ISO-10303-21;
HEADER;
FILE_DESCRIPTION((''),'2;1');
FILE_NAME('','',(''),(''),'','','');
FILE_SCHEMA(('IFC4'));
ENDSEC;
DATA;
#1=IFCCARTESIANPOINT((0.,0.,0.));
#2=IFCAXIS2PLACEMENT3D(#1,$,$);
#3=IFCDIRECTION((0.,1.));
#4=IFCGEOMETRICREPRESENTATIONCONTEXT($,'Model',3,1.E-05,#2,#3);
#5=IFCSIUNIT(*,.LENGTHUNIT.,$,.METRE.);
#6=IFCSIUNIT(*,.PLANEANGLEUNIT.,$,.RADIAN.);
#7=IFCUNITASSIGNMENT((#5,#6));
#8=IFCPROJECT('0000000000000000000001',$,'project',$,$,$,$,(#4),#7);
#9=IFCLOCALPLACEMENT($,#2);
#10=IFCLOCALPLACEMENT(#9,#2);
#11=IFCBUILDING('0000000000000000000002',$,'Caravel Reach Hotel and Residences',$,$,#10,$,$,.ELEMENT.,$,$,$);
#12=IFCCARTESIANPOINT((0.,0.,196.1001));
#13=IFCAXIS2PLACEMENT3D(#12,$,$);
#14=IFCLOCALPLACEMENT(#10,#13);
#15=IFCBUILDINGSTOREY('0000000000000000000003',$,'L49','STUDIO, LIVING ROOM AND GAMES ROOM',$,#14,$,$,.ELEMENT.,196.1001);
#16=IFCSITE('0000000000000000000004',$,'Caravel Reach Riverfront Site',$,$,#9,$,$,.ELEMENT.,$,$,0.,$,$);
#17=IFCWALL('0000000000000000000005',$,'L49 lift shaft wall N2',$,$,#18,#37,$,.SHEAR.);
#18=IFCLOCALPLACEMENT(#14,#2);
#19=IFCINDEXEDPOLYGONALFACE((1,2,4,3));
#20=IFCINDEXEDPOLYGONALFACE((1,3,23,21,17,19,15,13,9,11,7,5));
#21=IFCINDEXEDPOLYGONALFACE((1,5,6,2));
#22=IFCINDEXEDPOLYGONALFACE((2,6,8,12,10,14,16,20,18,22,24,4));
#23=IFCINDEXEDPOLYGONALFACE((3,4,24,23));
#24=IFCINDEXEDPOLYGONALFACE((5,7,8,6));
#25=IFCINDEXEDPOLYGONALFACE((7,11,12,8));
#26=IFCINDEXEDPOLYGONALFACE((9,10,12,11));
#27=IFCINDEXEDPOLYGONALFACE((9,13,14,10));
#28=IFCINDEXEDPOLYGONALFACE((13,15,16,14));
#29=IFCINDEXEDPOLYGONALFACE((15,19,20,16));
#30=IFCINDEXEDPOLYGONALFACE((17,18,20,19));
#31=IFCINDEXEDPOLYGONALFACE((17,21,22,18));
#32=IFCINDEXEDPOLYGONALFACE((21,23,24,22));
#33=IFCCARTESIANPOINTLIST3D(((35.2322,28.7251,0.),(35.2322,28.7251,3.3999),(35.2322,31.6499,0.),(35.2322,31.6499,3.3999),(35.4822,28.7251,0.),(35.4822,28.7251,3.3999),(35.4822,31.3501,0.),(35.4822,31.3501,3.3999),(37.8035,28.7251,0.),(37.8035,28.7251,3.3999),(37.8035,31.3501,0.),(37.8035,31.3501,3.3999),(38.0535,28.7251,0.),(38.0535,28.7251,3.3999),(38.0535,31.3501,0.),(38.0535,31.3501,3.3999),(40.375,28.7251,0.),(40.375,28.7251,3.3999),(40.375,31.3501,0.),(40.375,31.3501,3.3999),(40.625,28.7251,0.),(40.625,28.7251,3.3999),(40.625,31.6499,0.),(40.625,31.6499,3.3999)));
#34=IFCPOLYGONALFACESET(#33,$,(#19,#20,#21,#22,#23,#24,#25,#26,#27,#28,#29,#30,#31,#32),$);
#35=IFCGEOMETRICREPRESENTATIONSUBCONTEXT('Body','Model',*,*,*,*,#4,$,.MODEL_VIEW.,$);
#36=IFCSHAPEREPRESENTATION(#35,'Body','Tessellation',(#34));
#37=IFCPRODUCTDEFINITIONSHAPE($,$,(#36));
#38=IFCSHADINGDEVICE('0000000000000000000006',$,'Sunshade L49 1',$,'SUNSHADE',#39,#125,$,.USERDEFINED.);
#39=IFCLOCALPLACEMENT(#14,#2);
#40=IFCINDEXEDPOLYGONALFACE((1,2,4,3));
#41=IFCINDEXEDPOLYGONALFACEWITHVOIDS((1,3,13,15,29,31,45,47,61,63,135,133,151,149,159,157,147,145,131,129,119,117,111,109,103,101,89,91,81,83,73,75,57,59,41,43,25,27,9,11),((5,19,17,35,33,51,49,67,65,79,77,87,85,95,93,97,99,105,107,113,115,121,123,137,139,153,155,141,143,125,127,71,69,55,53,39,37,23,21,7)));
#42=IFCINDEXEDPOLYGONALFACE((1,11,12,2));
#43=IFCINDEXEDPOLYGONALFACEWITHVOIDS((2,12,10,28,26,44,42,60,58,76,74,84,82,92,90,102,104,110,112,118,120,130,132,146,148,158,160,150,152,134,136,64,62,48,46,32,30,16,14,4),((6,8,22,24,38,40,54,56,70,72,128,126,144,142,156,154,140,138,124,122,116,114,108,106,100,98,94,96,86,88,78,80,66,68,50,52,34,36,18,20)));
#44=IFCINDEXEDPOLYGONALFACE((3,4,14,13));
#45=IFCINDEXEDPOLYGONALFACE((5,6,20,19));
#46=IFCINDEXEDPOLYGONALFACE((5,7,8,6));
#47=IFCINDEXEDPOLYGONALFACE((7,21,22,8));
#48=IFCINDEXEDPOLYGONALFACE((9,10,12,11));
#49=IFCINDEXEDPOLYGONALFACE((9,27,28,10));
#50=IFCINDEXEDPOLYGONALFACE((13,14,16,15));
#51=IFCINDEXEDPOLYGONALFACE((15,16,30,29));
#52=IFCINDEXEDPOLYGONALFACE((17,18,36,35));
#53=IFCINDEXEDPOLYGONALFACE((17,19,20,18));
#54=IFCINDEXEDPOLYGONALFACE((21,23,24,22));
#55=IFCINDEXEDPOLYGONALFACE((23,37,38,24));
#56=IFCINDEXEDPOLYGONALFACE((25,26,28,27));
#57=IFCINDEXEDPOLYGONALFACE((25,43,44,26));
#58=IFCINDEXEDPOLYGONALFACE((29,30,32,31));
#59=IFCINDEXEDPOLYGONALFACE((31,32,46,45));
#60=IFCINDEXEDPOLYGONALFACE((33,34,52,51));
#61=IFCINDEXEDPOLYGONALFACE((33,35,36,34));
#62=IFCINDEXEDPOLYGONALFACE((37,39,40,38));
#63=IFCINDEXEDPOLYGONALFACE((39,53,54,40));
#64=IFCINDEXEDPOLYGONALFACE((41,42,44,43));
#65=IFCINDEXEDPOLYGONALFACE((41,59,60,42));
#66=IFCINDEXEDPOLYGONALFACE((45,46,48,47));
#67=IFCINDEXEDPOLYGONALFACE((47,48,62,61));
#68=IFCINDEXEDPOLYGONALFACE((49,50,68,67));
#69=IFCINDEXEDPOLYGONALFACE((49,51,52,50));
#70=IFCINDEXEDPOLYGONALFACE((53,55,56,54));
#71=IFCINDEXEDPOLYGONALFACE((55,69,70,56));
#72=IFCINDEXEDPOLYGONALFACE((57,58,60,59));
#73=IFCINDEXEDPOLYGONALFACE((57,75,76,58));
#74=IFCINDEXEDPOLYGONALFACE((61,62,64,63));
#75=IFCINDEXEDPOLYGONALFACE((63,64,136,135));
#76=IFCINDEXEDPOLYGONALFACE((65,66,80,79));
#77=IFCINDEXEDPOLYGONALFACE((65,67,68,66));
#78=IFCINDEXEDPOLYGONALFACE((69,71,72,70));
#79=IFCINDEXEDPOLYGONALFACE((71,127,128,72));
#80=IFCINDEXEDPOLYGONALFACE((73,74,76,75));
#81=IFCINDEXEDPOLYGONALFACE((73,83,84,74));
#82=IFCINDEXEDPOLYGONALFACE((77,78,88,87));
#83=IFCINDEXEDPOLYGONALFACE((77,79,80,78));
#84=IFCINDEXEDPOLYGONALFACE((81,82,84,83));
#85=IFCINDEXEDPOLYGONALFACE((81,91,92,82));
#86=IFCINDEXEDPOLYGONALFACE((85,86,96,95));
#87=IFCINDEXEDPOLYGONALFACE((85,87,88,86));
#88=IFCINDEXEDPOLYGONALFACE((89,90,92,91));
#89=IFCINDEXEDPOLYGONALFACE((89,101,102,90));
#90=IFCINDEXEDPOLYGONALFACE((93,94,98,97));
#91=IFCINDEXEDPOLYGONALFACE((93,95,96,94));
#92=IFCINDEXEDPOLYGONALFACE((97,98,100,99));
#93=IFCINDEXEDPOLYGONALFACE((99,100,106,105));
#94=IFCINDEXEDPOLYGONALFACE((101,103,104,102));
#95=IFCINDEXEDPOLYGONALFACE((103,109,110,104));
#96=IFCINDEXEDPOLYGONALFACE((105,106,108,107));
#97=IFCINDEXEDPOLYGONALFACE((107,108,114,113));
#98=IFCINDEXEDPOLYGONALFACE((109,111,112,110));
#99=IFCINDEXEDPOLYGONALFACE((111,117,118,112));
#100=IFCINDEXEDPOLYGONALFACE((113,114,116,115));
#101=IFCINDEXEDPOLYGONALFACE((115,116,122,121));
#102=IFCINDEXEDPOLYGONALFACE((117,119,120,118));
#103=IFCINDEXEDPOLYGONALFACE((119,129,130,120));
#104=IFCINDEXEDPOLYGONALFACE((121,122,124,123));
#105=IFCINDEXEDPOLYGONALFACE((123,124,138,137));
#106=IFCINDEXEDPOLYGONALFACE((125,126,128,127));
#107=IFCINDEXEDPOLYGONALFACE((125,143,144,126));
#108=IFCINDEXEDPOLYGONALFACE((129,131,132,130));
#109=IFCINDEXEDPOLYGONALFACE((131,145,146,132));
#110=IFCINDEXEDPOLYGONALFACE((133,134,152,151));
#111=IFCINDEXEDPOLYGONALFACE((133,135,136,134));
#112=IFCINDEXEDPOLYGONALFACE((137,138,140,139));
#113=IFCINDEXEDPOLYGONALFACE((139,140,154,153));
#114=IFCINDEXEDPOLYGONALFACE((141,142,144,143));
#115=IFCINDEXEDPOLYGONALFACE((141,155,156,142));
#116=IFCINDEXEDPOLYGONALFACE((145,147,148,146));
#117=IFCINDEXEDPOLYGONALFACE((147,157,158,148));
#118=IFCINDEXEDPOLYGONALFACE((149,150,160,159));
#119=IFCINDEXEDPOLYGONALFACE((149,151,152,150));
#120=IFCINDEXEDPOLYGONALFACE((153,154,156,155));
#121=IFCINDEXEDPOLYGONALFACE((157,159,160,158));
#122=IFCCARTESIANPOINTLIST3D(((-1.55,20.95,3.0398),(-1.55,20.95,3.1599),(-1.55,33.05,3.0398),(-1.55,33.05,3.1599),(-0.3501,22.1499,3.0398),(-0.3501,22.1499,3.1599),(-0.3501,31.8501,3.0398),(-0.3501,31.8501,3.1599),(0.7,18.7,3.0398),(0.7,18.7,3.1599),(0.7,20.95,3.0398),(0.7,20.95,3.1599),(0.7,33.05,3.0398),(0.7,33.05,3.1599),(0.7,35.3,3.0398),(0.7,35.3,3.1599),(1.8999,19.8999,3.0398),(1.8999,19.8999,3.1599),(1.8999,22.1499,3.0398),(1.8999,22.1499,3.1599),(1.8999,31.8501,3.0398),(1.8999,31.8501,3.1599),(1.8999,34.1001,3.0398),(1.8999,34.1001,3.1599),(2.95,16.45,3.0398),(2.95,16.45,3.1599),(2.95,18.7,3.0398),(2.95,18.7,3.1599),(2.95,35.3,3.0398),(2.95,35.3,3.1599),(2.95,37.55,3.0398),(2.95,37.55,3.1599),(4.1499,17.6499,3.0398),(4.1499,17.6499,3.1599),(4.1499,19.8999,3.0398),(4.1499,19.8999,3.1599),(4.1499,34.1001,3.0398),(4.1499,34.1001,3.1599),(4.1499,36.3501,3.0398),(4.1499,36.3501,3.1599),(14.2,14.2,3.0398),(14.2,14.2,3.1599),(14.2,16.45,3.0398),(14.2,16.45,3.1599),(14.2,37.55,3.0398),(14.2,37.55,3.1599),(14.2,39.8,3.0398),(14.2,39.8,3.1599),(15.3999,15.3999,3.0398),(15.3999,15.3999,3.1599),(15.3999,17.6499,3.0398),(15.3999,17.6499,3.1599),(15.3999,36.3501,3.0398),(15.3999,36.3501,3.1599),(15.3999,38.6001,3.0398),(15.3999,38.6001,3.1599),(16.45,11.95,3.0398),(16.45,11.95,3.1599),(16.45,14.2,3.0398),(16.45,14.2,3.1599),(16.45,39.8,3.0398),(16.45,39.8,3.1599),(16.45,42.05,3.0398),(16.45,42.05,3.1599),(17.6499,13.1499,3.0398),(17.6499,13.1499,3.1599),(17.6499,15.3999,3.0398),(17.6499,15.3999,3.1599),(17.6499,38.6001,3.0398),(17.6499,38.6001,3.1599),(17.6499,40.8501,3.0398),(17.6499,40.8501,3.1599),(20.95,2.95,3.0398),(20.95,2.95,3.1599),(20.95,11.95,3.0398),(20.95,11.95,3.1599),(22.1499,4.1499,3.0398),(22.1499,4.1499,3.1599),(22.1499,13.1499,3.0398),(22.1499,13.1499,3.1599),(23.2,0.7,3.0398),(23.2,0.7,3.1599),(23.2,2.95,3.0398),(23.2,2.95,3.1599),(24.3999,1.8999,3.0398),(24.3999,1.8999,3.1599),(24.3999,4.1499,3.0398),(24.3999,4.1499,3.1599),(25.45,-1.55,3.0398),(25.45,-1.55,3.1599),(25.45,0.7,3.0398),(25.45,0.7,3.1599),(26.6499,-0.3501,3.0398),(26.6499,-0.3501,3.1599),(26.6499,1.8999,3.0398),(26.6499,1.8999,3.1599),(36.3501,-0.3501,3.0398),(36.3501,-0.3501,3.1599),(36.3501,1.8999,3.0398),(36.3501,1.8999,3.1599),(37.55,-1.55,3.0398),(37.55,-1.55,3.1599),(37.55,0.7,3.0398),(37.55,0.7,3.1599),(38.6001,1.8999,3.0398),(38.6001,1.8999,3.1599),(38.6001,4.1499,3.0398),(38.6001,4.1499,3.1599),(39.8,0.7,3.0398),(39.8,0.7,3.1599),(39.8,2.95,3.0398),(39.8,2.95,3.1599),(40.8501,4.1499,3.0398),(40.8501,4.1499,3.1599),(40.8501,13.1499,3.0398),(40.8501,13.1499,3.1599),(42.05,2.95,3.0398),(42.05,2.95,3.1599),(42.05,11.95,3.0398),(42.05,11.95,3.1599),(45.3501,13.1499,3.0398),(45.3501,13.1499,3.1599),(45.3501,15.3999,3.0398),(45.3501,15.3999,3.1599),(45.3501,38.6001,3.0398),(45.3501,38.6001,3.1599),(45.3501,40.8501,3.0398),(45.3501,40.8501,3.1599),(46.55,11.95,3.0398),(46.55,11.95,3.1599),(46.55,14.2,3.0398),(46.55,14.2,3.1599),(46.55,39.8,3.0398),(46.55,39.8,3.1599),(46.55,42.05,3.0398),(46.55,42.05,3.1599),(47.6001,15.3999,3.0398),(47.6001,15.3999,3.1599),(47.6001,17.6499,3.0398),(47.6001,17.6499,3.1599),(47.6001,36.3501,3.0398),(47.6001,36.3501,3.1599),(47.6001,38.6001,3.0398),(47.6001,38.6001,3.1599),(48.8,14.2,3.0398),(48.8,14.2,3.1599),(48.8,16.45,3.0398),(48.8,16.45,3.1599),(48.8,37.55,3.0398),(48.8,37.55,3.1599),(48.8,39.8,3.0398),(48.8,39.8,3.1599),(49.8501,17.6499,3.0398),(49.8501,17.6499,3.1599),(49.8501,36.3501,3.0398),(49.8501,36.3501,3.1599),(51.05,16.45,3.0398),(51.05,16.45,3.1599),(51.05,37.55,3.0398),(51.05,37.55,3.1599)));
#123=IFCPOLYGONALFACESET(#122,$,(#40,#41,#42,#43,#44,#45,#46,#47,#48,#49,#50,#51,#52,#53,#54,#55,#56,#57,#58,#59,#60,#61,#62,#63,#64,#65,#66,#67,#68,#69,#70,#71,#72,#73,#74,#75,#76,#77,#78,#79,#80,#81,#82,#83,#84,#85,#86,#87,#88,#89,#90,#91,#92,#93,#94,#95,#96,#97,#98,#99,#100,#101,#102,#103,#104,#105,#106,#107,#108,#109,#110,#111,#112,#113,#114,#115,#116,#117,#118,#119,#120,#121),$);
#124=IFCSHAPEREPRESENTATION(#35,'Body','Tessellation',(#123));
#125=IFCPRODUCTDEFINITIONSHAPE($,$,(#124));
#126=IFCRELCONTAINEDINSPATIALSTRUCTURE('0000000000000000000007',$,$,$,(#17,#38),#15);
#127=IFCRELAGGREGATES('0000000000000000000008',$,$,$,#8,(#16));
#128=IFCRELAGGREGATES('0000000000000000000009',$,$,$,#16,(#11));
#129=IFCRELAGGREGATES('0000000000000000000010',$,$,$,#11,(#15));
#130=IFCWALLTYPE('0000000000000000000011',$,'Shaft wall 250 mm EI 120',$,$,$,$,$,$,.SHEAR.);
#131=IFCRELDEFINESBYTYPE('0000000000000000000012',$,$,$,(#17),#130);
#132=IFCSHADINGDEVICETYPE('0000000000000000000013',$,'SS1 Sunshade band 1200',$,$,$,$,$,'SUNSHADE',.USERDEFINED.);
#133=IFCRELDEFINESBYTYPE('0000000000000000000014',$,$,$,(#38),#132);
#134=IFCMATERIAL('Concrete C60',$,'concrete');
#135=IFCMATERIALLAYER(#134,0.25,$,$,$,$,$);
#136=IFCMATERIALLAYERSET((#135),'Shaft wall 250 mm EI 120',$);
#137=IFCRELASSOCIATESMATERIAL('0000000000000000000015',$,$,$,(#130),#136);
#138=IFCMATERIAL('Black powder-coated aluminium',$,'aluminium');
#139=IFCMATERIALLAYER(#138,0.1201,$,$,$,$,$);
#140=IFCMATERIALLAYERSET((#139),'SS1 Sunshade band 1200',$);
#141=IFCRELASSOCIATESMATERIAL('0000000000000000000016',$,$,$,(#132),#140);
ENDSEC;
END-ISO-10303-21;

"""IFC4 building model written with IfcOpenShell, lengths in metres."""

from ifc_helpers import new_model, si_unit, direction, frame, origin, place, context, subcontext, project, spatial, polyline, outline, extrude, material, layer, layer_set, type_object, element, save


model = new_model("IFC4")

# Units and contexts
model_context = context("Model", 3, precision=1e-05, world=origin(), true_north=direction((0.0, 1.0)))
body_context = subcontext(model_context, "Body", "Model", "MODEL_VIEW")
ifc_project = project(units=[si_unit("LENGTHUNIT", "METRE"), si_unit("PLANEANGLEUNIT", "RADIAN")], contexts=[model_context])

# Site, building, storey
site_placement = place(None, origin())
site = spatial("IfcSite", under=ifc_project, at=site_placement, Name="Caravel Reach Riverfront Site", CompositionType="ELEMENT", RefElevation=0.0)
building_placement = place(site_placement, origin())
building = spatial("IfcBuilding", under=site, at=building_placement, Name="Caravel Reach Hotel and Residences", CompositionType="ELEMENT")
storey_placement = place(building_placement, frame((0.0, 0.0, 196.1001)))
storey = spatial("IfcBuildingStorey", under=building, at=storey_placement, Name="L49", Description="STUDIO, LIVING ROOM AND GAMES ROOM", CompositionType="ELEMENT", Elevation=196.1001)

# Wall
ifc_material_1 = material(Name="Concrete C60", Category="concrete")
ifc_layer_1 = layer(ifc_material_1, 0.25)
ifc_layer_set_1 = layer_set([ifc_layer_1], Name="Shaft wall 250 mm EI 120")
wall_type_1 = type_object("IfcWallType", Name="Shaft wall 250 mm EI 120", PredefinedType="SHEAR", material=ifc_layer_set_1)
wall_1_placement = place(storey_placement, origin())
element("IfcWall", 1, at=wall_1_placement, inside=storey, type_object=wall_type_1, Name="L49 lift shaft wall N2", PredefinedType="SHEAR", context=body_context, shape_type="SweptSolid", body=[
    extrude(outline(polyline([(35.2322, 28.7251), (35.4822, 28.7251), (35.4822, 31.3501), (37.8035, 31.3501), (37.8035, 28.7251), (38.0535, 28.7251), (38.0535, 31.3501), (40.375, 31.3501), (40.375, 28.7251), (40.625, 28.7251), (40.625, 31.6499), (35.2322, 31.6499), (35.2322, 28.7251)])), origin(), (0.0, 0.0, 1.0), 3.3999),
])

# Shading device
ifc_material_2 = material(Name="Black powder-coated aluminium", Category="aluminium")
ifc_layer_2 = layer(ifc_material_2, 0.1201)
ifc_layer_set_2 = layer_set([ifc_layer_2], Name="SS1 Sunshade band 1200")
shading_device_type = type_object("IfcShadingDeviceType", Name="SS1 Sunshade band 1200", ElementType="SUNSHADE", PredefinedType="USERDEFINED", material=ifc_layer_set_2)
shading_device_placement = place(storey_placement, frame((0.0, 0.0, 3.0398)))
element("IfcShadingDevice", 2, at=shading_device_placement, inside=storey, type_object=shading_device_type, Name="Sunshade L49 1", ObjectType="SUNSHADE", PredefinedType="USERDEFINED", context=body_context, shape_type="SweptSolid", body=[
    extrude(outline(polyline([(42.05, 2.95), (42.05, 11.95), (46.55, 11.95), (46.55, 14.2), (48.8, 14.2), (48.8, 16.45), (51.05, 16.45), (51.05, 37.55), (48.8, 37.55), (48.8, 39.8), (46.55, 39.8), (46.55, 42.05), (16.45, 42.05), (16.45, 39.8), (14.2, 39.8), (14.2, 37.55), (2.95, 37.55), (2.95, 35.3), (0.7, 35.3), (0.7, 33.05), (-1.55, 33.05), (-1.55, 20.95), (0.7, 20.95), (0.7, 18.7), (2.95, 18.7), (2.95, 16.45), (14.2, 16.45), (14.2, 14.2), (16.45, 14.2), (16.45, 11.95), (20.95, 11.95), (20.95, 2.95), (23.2, 2.95), (23.2, 0.7), (25.45, 0.7), (25.45, -1.55), (37.55, -1.55), (37.55, 0.7), (39.8, 0.7), (39.8, 2.95), (42.05, 2.95)]), holes=[polyline([(45.3501, 13.1499), (40.8501, 13.1499), (40.8501, 4.1499), (38.6001, 4.1499), (38.6001, 1.8999), (36.3501, 1.8999), (36.3501, -0.3501), (26.6499, -0.3501), (26.6499, 1.8999), (24.3999, 1.8999), (24.3999, 4.1499), (22.1499, 4.1499), (22.1499, 13.1499), (17.6499, 13.1499), (17.6499, 15.3999), (15.3999, 15.3999), (15.3999, 17.6499), (4.1499, 17.6499), (4.1499, 19.8999), (1.8999, 19.8999), (1.8999, 22.1499), (-0.3501, 22.1499), (-0.3501, 31.8501), (1.8999, 31.8501), (1.8999, 34.1001), (4.1499, 34.1001), (4.1499, 36.3501), (15.3999, 36.3501), (15.3999, 38.6001), (17.6499, 38.6001), (17.6499, 40.8501), (45.3501, 40.8501), (45.3501, 38.6001), (47.6001, 38.6001), (47.6001, 36.3501), (49.8501, 36.3501), (49.8501, 17.6499), (47.6001, 17.6499), (47.6001, 15.3999), (45.3501, 15.3999), (45.3501, 13.1499)])]), origin(), (0.0, 0.0, 1.0), 0.1201),
])

save(model, "model.ifc")
